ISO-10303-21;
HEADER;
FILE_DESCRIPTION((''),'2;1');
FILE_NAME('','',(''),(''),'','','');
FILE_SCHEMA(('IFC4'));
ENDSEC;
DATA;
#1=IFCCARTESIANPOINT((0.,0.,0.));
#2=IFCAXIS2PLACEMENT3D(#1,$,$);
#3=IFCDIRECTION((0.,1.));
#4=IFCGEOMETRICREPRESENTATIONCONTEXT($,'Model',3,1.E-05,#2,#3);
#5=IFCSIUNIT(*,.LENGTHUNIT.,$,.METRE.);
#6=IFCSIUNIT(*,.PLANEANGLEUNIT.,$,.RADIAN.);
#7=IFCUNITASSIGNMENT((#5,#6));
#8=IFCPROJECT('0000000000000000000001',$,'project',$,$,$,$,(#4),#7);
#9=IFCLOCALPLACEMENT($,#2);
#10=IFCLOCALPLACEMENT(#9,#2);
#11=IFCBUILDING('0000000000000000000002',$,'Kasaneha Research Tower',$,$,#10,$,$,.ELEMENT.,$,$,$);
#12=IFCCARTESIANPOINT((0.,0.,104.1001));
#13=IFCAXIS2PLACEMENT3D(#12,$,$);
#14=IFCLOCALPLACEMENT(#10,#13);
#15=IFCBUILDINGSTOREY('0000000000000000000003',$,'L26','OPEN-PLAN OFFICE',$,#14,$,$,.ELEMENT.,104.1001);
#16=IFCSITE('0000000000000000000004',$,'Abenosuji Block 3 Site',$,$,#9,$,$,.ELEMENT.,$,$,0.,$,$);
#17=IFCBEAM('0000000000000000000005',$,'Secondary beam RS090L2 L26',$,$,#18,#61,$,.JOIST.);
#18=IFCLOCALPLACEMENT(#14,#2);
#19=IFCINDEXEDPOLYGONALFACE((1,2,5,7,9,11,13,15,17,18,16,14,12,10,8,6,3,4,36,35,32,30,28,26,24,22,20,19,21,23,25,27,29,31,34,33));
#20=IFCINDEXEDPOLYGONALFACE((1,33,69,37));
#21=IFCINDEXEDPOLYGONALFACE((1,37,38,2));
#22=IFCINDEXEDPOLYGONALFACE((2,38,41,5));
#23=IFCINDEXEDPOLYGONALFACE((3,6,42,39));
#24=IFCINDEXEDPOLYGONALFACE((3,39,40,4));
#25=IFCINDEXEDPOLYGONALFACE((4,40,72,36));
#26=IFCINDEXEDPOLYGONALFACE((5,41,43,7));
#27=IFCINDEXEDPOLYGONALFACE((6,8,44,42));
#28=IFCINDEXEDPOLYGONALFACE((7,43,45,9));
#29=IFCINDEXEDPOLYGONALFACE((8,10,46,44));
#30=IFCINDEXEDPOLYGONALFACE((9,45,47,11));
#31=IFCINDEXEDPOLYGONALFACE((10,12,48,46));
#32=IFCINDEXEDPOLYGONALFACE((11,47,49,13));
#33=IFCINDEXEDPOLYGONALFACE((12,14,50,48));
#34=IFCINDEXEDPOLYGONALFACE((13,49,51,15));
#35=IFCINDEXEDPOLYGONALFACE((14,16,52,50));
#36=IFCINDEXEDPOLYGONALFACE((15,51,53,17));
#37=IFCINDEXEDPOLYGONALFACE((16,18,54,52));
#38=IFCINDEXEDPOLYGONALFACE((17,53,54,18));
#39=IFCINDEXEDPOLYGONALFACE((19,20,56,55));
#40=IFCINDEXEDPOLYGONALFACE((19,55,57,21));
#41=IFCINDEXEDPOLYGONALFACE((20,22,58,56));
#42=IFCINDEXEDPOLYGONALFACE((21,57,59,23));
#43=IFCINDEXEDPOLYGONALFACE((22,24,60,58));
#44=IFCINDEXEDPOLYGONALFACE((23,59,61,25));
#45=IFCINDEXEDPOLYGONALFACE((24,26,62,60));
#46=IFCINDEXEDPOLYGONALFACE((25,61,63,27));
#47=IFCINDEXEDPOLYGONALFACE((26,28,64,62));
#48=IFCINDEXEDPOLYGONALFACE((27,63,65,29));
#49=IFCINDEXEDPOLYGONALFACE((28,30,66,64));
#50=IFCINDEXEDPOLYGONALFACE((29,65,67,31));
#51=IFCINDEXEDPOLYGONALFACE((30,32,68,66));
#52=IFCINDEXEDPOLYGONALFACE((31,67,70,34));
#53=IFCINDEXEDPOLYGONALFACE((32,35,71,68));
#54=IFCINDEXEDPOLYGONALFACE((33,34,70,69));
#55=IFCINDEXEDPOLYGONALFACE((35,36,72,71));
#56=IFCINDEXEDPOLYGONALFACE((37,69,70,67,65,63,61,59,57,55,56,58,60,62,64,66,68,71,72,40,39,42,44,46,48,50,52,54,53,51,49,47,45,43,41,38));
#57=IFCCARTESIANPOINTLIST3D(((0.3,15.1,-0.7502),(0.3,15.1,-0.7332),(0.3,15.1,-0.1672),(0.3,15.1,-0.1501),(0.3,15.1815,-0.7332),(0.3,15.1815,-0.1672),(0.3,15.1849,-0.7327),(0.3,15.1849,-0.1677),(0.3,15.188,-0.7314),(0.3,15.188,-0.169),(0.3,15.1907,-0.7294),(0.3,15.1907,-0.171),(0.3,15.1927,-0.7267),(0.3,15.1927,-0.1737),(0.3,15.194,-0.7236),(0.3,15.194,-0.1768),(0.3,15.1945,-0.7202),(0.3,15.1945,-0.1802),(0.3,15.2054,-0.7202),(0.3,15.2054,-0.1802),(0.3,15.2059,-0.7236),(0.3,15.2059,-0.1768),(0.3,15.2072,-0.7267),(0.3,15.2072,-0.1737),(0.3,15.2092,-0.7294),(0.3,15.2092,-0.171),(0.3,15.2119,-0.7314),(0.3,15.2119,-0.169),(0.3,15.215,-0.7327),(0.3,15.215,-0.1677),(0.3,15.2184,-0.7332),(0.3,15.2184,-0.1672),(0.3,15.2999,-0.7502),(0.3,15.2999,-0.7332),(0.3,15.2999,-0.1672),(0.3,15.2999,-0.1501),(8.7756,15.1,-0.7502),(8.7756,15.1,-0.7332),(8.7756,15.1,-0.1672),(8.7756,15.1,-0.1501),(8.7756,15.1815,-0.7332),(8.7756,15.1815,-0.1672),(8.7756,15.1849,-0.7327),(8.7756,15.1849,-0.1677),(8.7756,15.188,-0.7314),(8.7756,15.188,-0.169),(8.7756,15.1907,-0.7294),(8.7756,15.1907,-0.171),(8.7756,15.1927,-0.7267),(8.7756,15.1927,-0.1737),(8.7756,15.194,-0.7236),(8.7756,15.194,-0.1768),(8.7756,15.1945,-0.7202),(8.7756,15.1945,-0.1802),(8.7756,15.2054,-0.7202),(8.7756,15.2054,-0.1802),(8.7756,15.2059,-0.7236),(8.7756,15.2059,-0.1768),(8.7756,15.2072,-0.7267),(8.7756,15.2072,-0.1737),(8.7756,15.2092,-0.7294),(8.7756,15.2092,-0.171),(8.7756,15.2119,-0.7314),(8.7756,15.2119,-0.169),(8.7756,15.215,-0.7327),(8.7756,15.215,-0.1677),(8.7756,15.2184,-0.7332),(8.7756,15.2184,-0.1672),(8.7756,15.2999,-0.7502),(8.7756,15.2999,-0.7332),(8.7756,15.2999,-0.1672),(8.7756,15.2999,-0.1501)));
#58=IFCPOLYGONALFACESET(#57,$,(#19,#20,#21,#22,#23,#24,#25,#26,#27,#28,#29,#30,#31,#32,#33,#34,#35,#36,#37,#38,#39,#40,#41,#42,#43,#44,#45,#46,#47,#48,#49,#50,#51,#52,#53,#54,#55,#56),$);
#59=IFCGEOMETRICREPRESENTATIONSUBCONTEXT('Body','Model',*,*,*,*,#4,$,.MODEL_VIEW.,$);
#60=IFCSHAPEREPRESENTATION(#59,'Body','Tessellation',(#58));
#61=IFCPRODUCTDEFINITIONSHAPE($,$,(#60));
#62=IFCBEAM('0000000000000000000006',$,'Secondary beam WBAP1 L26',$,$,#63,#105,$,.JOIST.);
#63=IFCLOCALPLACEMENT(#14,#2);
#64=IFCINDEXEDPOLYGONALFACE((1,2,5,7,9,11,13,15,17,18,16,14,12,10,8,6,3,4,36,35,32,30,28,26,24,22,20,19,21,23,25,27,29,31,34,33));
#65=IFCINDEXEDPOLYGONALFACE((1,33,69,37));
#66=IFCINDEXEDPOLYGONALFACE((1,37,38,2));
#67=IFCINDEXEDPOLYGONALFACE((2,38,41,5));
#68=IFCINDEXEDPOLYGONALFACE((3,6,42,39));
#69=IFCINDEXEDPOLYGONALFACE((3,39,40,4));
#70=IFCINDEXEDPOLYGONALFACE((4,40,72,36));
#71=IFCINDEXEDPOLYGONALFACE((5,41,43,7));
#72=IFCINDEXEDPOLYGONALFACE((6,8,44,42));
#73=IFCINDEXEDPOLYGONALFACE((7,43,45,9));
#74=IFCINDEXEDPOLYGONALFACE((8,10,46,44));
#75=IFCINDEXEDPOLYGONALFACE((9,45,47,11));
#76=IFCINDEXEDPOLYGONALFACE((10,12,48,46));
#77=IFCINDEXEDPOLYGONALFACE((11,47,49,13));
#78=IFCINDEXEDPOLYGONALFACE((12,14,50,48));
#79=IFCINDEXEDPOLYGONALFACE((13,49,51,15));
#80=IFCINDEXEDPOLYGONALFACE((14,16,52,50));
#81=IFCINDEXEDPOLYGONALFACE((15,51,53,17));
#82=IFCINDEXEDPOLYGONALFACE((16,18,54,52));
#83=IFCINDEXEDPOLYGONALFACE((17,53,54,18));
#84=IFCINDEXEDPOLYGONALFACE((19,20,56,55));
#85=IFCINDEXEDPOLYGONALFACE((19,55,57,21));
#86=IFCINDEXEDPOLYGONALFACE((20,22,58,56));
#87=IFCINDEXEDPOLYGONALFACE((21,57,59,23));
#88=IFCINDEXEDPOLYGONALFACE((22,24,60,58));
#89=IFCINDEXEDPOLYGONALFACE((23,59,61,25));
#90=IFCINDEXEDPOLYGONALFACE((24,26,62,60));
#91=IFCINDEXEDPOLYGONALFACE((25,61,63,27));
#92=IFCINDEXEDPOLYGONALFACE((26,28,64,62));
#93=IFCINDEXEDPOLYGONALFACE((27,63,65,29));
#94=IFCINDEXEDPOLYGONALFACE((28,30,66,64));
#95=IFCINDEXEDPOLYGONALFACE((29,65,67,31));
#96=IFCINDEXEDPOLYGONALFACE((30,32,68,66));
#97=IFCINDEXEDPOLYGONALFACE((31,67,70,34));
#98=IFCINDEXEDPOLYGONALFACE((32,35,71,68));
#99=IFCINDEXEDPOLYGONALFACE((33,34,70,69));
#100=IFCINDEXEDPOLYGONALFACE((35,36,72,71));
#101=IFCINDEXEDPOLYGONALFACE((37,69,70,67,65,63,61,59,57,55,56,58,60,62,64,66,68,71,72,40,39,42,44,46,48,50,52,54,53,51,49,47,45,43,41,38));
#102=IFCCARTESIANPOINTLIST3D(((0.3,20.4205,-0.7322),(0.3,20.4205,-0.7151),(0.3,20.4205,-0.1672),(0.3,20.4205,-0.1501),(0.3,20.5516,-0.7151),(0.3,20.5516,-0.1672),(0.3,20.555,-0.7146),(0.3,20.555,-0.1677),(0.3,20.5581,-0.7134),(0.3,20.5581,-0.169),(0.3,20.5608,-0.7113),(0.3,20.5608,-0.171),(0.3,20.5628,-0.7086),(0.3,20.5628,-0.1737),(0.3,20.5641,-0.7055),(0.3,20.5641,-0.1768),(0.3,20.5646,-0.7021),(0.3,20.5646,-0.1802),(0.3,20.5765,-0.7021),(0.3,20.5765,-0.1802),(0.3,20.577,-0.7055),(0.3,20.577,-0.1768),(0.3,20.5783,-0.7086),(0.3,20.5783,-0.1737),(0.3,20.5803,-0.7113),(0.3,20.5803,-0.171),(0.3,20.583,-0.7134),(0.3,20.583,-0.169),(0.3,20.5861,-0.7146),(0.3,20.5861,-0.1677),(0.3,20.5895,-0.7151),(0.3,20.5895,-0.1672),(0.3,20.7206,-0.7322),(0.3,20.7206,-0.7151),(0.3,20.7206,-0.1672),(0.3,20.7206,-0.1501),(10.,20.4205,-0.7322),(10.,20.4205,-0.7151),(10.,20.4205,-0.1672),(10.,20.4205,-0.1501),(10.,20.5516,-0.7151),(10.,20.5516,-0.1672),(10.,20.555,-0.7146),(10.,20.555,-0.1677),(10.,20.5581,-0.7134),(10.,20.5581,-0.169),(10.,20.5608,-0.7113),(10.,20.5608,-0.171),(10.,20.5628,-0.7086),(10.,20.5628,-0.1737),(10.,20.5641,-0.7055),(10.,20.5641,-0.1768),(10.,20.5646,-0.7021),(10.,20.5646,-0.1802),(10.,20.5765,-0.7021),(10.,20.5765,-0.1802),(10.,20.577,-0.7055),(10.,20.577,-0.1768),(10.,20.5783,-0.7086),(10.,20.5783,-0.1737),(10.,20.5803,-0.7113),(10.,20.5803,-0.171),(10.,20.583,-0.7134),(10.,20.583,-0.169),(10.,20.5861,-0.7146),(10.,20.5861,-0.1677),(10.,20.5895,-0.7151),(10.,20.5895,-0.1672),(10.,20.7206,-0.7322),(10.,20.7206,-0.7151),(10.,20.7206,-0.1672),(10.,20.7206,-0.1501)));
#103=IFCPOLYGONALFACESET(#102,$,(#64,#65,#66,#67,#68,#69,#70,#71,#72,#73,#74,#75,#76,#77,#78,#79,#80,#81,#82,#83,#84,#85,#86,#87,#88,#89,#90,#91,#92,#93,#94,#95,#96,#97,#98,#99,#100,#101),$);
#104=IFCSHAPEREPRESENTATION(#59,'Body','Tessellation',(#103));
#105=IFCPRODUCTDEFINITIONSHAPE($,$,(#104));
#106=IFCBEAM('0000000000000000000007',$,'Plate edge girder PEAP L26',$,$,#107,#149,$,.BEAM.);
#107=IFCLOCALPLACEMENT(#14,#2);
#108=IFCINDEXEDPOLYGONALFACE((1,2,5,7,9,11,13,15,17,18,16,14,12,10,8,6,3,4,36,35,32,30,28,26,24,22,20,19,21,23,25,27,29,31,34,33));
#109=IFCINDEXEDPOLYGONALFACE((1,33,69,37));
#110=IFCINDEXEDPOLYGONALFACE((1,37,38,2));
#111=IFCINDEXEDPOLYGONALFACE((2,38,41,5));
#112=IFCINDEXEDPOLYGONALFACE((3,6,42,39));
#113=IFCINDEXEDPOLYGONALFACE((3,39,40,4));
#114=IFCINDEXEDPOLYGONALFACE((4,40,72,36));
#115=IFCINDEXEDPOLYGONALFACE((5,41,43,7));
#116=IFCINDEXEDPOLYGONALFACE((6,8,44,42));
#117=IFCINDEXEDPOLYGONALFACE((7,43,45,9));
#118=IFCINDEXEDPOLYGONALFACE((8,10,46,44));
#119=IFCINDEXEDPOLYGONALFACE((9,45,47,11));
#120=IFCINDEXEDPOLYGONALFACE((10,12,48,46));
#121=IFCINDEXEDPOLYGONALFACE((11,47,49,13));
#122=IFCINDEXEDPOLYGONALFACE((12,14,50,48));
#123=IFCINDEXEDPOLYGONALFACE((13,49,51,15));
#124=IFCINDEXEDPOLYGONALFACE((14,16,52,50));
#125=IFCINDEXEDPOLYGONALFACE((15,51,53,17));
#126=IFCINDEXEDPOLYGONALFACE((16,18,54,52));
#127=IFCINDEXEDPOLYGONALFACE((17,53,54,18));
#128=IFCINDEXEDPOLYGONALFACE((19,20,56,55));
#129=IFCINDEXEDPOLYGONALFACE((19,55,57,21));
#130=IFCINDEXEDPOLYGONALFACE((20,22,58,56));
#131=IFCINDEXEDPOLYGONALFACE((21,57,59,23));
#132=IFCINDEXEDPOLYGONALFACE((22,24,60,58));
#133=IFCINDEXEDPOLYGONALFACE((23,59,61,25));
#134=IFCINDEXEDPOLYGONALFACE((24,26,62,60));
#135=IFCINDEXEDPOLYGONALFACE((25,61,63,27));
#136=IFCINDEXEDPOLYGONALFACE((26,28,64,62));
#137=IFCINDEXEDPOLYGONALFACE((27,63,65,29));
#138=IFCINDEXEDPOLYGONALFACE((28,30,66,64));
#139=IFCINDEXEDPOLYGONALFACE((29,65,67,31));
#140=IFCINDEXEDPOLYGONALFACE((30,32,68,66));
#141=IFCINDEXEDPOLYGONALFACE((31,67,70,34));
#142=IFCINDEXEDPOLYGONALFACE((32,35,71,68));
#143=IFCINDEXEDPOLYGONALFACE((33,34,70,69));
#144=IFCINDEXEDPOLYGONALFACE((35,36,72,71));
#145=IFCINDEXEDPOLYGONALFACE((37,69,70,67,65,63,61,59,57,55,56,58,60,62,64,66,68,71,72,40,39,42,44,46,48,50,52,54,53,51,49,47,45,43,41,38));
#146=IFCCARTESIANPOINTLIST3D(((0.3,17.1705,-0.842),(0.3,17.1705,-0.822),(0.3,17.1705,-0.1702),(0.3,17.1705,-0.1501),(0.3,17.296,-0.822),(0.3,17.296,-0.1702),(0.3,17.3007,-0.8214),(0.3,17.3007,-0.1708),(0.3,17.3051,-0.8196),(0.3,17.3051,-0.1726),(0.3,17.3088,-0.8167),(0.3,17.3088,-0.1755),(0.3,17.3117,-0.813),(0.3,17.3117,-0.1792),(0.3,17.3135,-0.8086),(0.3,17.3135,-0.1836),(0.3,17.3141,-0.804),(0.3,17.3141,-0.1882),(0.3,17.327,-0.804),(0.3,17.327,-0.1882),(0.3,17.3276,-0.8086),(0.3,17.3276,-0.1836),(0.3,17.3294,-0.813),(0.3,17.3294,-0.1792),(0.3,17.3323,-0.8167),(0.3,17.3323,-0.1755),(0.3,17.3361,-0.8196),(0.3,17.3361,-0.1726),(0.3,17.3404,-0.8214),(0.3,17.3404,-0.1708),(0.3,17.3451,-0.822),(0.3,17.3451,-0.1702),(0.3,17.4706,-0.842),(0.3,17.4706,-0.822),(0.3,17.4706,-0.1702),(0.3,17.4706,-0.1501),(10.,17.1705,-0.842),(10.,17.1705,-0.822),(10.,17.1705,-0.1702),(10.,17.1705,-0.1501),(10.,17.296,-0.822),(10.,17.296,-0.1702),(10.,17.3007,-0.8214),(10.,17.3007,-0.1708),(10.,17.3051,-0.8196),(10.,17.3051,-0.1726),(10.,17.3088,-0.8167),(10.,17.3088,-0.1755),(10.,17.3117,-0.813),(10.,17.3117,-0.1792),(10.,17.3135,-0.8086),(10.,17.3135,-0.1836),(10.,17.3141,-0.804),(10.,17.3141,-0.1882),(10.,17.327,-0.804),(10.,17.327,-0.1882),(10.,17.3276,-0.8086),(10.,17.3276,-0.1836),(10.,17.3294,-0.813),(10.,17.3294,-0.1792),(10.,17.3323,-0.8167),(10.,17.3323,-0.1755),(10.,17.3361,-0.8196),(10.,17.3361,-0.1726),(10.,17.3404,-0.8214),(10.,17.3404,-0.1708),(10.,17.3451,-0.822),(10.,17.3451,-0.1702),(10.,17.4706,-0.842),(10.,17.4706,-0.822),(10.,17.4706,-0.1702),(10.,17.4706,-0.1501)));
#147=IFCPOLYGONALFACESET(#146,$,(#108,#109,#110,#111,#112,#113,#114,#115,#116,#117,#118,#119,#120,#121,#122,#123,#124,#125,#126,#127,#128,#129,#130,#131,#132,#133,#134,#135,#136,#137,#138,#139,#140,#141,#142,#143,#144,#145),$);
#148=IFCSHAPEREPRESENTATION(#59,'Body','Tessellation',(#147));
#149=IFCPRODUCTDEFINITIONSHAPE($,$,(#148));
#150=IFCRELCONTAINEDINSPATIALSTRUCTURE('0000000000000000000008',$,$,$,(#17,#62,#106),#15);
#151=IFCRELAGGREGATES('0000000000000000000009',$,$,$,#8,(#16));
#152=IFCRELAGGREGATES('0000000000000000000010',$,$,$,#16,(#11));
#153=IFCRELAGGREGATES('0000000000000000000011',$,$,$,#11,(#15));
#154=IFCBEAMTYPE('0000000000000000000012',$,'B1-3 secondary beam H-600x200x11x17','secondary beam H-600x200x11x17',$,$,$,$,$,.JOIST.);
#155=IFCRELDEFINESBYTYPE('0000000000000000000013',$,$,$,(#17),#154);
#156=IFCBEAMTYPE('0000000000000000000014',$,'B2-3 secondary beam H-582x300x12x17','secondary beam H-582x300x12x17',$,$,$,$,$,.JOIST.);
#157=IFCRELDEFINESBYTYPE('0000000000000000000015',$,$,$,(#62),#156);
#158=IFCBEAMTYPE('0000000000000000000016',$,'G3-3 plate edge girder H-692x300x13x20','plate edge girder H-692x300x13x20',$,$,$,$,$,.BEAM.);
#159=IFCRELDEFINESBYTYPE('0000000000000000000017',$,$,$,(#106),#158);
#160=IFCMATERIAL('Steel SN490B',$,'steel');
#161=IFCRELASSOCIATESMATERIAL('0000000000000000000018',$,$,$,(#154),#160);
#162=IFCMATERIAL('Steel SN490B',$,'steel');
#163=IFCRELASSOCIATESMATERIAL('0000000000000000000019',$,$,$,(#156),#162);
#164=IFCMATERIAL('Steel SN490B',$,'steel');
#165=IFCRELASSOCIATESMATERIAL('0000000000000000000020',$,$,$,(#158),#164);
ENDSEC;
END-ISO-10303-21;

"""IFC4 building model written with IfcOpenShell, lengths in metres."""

from ifc_helpers import new_model, si_unit, direction, frame, origin, origin_2d, place, context, subcontext, project, spatial, i_section, extrude, material, material_profile, profile_set, type_object, element, save


model = new_model("IFC4")

# Units and contexts
model_context = context("Model", 3, precision=1e-05, world=origin(), true_north=direction((0.0, 1.0)))
body_context = subcontext(model_context, "Body", "Model", "MODEL_VIEW")
ifc_project = project(units=[si_unit("LENGTHUNIT", "METRE"), si_unit("PLANEANGLEUNIT", "RADIAN")], contexts=[model_context])

# Site, building, storey
site_placement = place(None, origin())
site = spatial("IfcSite", under=ifc_project, at=site_placement, Name="Abenosuji Block 3 Site", CompositionType="ELEMENT", RefElevation=0.0)
building_placement = place(site_placement, origin())
building = spatial("IfcBuilding", under=site, at=building_placement, Name="Kasaneha Research Tower", CompositionType="ELEMENT")
storey_placement = place(building_placement, frame((0.0, 0.0, 104.1001)))
storey = spatial("IfcBuildingStorey", under=building, at=storey_placement, Name="L26", Description="OPEN-PLAN OFFICE", CompositionType="ELEMENT", Elevation=104.1001)

# Beams
ifc_material_1 = material(Name="Steel SN490B", Category="steel")
ifc_material_profile_1 = material_profile(ifc_material_1, i_section(OverallWidth=0.2, OverallDepth=0.6001, WebThickness=0.011, FlangeThickness=0.0171, FilletRadius=0.0129, at=origin_2d()), Name="H-600x200x11x17")
ifc_profile_set_1 = profile_set([ifc_material_profile_1], Name="Steel SN490B")
beam_type_1 = type_object("IfcBeamType", Name="B1-3 secondary beam H-600x200x11x17", Description="secondary beam H-600x200x11x17", PredefinedType="JOIST", material=ifc_profile_set_1)
beam_1_placement = place(storey_placement, frame((8.7756, 15.2, -0.4502), z_axis=(-1.0, 0.0, 0.0), x_axis=(0.0, -1.0, 0.0)))
element("IfcBeam", 1, at=beam_1_placement, inside=storey, type_object=beam_type_1, Name="Secondary beam RS090L2 L26", PredefinedType="JOIST", context=body_context, shape_type="SweptSolid", body=[
    extrude(i_section(OverallWidth=0.2, OverallDepth=0.6001, WebThickness=0.011, FlangeThickness=0.0171, FilletRadius=0.0129, at=origin_2d()), origin(), (0.0, 0.0, 1.0), 8.4756),
])
ifc_material_2 = material(Name="Steel SN490B", Category="steel")
ifc_material_profile_2 = material_profile(ifc_material_2, i_section(OverallWidth=0.3, OverallDepth=0.582, WebThickness=0.012, FlangeThickness=0.0171, FilletRadius=0.0129, at=origin_2d()), Name="H-582x300x12x17")
ifc_profile_set_2 = profile_set([ifc_material_profile_2], Name="Steel SN490B")
beam_type_2 = type_object("IfcBeamType", Name="B2-3 secondary beam H-582x300x12x17", Description="secondary beam H-582x300x12x17", PredefinedType="JOIST", material=ifc_profile_set_2)
beam_2_placement = place(storey_placement, frame((10.0, 20.5706, -0.4412), z_axis=(-1.0, 0.0, 0.0), x_axis=(0.0, -1.0, 0.0)))
element("IfcBeam", 2, at=beam_2_placement, inside=storey, type_object=beam_type_2, Name="Secondary beam WBAP1 L26", PredefinedType="JOIST", context=body_context, shape_type="SweptSolid", body=[
    extrude(i_section(OverallWidth=0.3, OverallDepth=0.582, WebThickness=0.012, FlangeThickness=0.0171, FilletRadius=0.0129, at=origin_2d()), origin(), (0.0, 0.0, 1.0), 9.7),
])
ifc_material_3 = material(Name="Steel SN490B", Category="steel")
ifc_material_profile_3 = material_profile(ifc_material_3, i_section(OverallWidth=0.3, OverallDepth=0.6919, WebThickness=0.0129, FlangeThickness=0.02, FilletRadius=0.0181, at=origin_2d()), Name="H-692x300x13x20")
ifc_profile_set_3 = profile_set([ifc_material_profile_3], Name="Steel SN490B")
beam_type_3 = type_object("IfcBeamType", Name="G3-3 plate edge girder H-692x300x13x20", Description="plate edge girder H-692x300x13x20", PredefinedType="BEAM", material=ifc_profile_set_3)
beam_3_placement = place(storey_placement, frame((10.0, 17.3206, -0.4961), z_axis=(-1.0, 0.0, 0.0), x_axis=(0.0, -1.0, 0.0)))
element("IfcBeam", 3, at=beam_3_placement, inside=storey, type_object=beam_type_3, Name="Plate edge girder PEAP L26", PredefinedType="BEAM", context=body_context, shape_type="SweptSolid", body=[
    extrude(i_section(OverallWidth=0.3, OverallDepth=0.6919, WebThickness=0.0129, FlangeThickness=0.02, FilletRadius=0.0181, at=origin_2d()), origin(), (0.0, 0.0, 1.0), 9.7),
])

save(model, "model.ifc")
